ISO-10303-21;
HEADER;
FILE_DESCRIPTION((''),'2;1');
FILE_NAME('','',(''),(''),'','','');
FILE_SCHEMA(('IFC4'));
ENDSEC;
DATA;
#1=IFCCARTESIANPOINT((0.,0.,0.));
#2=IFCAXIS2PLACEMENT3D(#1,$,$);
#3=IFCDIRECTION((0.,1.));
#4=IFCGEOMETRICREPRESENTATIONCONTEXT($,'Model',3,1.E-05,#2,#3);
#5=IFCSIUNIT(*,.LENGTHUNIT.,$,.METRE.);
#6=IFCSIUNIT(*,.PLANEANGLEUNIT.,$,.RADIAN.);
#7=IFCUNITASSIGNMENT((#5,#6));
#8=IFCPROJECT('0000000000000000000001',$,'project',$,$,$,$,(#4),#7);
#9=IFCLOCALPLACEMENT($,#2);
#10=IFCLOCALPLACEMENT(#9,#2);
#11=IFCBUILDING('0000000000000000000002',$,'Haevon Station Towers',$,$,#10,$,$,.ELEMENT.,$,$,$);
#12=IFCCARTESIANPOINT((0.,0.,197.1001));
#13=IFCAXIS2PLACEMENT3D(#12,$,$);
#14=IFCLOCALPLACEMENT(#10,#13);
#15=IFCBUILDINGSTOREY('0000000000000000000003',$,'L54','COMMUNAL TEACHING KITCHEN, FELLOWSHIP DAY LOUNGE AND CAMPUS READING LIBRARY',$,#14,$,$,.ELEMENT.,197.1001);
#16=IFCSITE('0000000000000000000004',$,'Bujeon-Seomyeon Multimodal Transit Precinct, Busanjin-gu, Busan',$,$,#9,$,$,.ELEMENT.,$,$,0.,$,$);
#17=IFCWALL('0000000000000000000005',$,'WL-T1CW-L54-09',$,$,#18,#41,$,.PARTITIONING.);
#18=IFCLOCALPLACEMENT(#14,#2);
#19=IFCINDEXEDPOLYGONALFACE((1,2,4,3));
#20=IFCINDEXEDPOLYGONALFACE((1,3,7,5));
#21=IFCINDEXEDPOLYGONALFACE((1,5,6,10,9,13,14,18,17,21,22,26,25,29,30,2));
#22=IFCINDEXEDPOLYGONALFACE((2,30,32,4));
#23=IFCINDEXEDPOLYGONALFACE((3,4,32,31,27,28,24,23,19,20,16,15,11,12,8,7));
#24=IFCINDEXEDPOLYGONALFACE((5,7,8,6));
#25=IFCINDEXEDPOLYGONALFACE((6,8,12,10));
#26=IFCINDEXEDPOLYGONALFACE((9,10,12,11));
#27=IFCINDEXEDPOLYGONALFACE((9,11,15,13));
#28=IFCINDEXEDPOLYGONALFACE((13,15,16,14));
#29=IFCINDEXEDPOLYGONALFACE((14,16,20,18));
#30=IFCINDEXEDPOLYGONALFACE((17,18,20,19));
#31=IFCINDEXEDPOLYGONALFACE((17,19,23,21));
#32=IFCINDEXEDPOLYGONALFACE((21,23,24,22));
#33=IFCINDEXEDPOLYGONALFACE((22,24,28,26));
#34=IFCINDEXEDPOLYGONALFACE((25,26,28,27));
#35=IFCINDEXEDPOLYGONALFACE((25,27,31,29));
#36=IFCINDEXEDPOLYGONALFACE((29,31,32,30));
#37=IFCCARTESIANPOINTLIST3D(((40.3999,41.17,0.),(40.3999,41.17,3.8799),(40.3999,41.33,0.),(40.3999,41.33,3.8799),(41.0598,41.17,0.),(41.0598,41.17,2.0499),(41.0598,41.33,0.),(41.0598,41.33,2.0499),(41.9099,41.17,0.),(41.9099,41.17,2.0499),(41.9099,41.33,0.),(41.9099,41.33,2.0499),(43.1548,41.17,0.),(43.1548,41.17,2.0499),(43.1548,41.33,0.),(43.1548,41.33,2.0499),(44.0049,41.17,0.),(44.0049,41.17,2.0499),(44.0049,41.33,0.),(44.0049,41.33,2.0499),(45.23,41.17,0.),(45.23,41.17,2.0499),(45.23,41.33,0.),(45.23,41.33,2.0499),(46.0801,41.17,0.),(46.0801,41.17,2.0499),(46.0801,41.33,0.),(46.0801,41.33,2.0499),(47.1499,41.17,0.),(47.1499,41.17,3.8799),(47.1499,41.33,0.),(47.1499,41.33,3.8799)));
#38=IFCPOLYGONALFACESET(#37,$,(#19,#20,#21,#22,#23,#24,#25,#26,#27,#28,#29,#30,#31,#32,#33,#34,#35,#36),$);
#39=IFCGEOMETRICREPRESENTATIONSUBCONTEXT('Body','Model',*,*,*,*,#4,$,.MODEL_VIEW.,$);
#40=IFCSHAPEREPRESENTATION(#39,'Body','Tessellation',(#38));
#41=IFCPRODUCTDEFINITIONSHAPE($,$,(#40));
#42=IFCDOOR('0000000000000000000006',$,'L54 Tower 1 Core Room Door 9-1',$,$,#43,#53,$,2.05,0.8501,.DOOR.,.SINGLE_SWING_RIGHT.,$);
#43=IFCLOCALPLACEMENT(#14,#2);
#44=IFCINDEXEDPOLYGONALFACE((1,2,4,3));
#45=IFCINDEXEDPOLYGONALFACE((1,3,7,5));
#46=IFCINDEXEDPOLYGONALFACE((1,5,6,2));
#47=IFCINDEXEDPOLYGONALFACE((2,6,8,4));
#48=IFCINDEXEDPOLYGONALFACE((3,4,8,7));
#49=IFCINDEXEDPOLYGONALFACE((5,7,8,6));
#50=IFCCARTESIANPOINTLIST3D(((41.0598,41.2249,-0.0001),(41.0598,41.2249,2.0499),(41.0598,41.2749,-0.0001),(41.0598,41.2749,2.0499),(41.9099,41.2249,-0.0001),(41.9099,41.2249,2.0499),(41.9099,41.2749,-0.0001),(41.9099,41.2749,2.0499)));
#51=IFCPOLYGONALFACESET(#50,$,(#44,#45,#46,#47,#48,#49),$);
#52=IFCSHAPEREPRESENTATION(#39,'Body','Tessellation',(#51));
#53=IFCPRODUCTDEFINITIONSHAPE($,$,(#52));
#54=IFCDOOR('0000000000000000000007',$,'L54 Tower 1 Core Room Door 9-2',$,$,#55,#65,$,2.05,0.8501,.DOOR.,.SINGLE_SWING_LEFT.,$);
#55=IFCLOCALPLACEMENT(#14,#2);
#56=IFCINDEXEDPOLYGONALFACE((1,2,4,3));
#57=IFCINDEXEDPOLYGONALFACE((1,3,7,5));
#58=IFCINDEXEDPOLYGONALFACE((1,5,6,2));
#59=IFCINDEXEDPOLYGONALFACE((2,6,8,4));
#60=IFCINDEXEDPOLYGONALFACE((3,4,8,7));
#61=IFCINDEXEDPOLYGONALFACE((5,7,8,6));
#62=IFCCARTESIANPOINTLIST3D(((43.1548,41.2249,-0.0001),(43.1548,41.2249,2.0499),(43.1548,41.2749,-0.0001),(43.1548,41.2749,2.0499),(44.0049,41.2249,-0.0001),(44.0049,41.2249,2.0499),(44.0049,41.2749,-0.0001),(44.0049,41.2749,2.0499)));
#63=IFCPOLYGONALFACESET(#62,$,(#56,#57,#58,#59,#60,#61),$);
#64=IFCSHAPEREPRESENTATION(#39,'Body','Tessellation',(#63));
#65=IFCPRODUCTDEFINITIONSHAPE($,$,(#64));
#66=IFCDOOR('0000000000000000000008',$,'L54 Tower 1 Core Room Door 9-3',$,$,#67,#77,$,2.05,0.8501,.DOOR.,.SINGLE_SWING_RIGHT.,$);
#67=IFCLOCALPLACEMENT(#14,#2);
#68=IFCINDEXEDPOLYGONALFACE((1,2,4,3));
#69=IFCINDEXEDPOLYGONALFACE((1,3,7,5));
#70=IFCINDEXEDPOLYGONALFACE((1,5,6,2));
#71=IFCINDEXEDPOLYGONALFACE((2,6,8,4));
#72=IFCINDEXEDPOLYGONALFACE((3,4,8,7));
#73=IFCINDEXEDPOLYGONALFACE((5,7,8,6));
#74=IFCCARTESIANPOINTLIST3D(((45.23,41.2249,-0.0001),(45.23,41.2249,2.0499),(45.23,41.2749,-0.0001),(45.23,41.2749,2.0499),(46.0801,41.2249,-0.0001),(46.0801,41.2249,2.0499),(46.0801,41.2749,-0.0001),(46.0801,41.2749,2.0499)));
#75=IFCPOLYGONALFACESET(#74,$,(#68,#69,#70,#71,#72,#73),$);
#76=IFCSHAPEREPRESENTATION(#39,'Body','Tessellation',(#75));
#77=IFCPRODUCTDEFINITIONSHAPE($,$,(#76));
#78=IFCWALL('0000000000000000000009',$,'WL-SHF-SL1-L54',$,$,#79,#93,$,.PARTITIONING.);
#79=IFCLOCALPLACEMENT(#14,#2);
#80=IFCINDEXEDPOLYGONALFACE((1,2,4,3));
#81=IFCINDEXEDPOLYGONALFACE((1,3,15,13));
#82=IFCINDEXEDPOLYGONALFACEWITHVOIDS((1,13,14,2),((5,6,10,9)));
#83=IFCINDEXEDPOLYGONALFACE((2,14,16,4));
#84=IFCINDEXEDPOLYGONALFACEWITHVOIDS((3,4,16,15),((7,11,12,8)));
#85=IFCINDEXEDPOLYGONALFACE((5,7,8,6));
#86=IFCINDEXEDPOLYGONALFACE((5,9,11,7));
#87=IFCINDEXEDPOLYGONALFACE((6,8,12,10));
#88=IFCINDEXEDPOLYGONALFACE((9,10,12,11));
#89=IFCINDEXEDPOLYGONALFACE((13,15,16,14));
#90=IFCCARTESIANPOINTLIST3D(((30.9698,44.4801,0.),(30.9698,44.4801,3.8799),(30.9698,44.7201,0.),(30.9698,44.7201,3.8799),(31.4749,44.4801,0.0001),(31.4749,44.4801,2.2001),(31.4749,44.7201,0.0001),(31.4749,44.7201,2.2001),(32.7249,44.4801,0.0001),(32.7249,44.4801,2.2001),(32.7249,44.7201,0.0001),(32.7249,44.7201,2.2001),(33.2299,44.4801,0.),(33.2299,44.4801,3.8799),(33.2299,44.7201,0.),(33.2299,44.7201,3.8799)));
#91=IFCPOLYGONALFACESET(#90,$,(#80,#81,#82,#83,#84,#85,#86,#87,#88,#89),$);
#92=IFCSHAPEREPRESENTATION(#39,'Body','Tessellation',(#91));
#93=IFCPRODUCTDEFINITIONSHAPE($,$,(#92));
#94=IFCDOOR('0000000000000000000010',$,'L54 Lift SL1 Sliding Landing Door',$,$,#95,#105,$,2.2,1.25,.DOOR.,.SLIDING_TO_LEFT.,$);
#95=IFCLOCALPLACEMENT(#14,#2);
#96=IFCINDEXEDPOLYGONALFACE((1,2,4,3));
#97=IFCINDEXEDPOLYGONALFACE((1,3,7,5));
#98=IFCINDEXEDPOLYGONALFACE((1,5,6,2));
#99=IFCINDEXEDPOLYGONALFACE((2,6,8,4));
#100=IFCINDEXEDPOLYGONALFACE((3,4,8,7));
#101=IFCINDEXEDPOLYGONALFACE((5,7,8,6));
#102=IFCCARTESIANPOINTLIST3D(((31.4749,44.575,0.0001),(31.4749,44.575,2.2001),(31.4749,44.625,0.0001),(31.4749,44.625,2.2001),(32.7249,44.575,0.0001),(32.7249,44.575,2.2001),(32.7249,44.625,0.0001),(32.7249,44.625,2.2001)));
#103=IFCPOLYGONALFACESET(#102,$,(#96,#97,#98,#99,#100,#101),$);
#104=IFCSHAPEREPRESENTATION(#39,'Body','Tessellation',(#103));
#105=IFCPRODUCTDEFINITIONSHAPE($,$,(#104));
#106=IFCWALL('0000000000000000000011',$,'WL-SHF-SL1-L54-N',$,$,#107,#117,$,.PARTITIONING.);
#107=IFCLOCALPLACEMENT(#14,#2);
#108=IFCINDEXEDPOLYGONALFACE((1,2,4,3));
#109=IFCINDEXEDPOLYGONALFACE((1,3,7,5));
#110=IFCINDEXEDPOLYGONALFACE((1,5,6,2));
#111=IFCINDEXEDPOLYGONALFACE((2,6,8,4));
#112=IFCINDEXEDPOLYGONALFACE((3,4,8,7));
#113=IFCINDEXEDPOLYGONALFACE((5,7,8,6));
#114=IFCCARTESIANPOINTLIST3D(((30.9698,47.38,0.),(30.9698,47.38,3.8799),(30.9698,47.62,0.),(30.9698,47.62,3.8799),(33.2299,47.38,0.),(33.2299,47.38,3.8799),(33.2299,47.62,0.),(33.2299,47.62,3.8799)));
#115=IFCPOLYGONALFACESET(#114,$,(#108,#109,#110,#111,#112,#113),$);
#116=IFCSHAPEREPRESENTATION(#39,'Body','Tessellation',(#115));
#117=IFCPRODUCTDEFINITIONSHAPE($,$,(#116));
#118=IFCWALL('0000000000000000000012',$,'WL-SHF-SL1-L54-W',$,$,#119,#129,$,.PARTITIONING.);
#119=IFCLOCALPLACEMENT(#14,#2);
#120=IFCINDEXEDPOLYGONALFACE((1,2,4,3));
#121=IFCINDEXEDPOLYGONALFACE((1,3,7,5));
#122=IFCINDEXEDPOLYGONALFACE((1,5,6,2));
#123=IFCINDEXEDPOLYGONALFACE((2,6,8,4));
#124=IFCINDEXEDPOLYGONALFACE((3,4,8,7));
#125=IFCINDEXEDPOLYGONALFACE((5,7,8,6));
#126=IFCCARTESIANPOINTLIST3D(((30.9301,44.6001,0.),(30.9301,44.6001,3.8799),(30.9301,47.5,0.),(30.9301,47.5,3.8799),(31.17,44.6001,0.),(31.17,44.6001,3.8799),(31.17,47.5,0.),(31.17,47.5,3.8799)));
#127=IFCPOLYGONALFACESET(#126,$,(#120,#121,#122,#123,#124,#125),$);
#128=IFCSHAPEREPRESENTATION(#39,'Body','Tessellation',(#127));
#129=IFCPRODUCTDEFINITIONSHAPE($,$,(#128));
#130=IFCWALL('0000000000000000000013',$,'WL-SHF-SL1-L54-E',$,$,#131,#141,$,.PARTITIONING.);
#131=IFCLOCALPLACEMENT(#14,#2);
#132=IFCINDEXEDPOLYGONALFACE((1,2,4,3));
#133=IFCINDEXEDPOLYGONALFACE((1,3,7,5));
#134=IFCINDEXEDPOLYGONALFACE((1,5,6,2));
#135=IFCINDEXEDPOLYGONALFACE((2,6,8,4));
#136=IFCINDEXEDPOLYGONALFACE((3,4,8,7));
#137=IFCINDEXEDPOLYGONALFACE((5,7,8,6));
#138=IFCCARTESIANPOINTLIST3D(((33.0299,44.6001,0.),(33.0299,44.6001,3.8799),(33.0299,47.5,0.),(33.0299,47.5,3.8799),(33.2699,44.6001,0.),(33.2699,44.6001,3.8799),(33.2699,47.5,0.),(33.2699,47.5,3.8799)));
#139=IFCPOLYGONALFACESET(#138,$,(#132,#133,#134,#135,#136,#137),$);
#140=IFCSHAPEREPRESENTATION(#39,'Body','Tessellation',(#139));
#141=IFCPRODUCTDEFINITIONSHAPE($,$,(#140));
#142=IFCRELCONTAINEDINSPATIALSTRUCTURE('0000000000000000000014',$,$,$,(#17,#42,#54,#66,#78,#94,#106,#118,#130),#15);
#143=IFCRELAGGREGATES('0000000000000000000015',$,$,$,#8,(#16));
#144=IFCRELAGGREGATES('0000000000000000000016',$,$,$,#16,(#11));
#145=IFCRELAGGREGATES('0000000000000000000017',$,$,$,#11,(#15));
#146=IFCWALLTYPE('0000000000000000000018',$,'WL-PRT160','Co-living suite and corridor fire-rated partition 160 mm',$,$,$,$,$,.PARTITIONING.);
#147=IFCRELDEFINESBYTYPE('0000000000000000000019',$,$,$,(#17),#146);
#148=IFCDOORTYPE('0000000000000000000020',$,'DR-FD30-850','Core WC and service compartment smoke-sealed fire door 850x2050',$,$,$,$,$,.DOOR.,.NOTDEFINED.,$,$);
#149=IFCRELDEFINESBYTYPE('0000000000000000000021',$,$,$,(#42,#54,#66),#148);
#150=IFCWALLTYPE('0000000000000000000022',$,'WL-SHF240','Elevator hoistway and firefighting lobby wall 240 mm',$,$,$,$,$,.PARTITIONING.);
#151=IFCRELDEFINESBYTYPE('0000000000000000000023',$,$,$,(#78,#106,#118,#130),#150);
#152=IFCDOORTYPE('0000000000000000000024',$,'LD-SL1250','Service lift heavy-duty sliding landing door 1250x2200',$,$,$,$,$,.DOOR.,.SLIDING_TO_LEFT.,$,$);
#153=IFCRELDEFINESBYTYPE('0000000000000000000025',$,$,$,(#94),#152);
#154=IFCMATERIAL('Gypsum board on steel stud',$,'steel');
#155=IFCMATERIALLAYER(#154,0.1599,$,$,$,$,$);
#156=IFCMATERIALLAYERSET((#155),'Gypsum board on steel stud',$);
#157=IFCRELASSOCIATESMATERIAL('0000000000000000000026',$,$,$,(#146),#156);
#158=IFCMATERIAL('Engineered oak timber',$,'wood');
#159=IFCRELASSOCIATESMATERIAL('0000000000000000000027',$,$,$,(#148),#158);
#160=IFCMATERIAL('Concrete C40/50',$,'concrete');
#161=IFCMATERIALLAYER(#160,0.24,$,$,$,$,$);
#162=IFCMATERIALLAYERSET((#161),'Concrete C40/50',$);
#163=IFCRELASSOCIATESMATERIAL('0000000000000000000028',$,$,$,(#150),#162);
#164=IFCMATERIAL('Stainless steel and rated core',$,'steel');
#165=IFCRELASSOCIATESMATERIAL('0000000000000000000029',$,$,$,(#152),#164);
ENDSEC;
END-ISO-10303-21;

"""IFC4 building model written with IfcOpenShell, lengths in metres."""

from ifc_helpers import new_model, si_unit, direction, frame, frame_2d, origin, place, context, subcontext, project, spatial, rectangle, extrude, material, layer, layer_set, type_object, element, fill, save


model = new_model("IFC4")

# Units and contexts
model_context = context("Model", 3, precision=1e-05, world=origin(), true_north=direction((0.0, 1.0)))
body_context = subcontext(model_context, "Body", "Model", "MODEL_VIEW")
ifc_project = project(units=[si_unit("LENGTHUNIT", "METRE"), si_unit("PLANEANGLEUNIT", "RADIAN")], contexts=[model_context])

# Site, building, storey
site_placement = place(None, origin())
site = spatial("IfcSite", under=ifc_project, at=site_placement, Name="Bujeon-Seomyeon Multimodal Transit Precinct, Busanjin-gu, Busan", CompositionType="ELEMENT", RefElevation=0.0)
building_placement = place(site_placement, origin())
building = spatial("IfcBuilding", under=site, at=building_placement, Name="Haevon Station Towers", CompositionType="ELEMENT")
storey_placement = place(building_placement, frame((0.0, 0.0, 197.1001)))
storey = spatial("IfcBuildingStorey", under=building, at=storey_placement, Name="L54", Description="COMMUNAL TEACHING KITCHEN, FELLOWSHIP DAY LOUNGE AND CAMPUS READING LIBRARY", CompositionType="ELEMENT", Elevation=197.1001)

# Shared definitions
ifc_material_1 = material(Name="Gypsum board on steel stud", Category="steel")
ifc_material_2 = material(Name="Engineered oak timber", Category="wood")

# Shared definitions
ifc_layer_1 = layer(ifc_material_1, 0.1599)
ifc_layer_set_1 = layer_set([ifc_layer_1], Name="Gypsum board on steel stud")
wall_type_1 = type_object("IfcWallType", Name="WL-PRT160", Description="Co-living suite and corridor fire-rated partition 160 mm", PredefinedType="PARTITIONING", material=ifc_layer_set_1)

# Wall, openings, doors
wall_1_placement = place(storey_placement, frame((40.3999, 41.25, 0.0), z_axis=(0.0, 0.0, 1.0), x_axis=(1.0, 0.0, 0.0)))
wall_1 = element("IfcWall", 1, at=wall_1_placement, inside=storey, type_object=wall_type_1, Name="WL-T1CW-L54-09", PredefinedType="PARTITIONING", context=body_context, shape_type="SweptSolid", body=[
    extrude(rectangle(XDim=6.75, YDim=0.1599, at=frame_2d((3.375, 0.0))), origin(), (0.0, 0.0, 1.0), 3.8799),
])
opening_1_placement = place(wall_1_placement, frame((0.6599, 0.0, 0.0)))
opening_1 = element("IfcOpeningElement", 2, at=opening_1_placement, cuts=wall_1, PredefinedType="OPENING", context=body_context, shape_type="SweptSolid", body=[
    extrude(rectangle(XDim=0.8501, YDim=2.05, at=frame_2d((0.425, 1.0249))), frame((0.0, 0.0898, 0.0), z_axis=(0.0, -1.0, 0.0), x_axis=(1.0, 0.0, 0.0)), (0.0, 0.0, 1.0), 0.1799),
])
opening_2_placement = place(wall_1_placement, frame((2.7549, 0.0, 0.0)))
opening_2 = element("IfcOpeningElement", 3, at=opening_2_placement, cuts=wall_1, PredefinedType="OPENING", context=body_context, shape_type="SweptSolid", body=[
    extrude(rectangle(XDim=0.8501, YDim=2.05, at=frame_2d((0.425, 1.0249))), frame((0.0, 0.0898, 0.0), z_axis=(0.0, -1.0, 0.0), x_axis=(1.0, 0.0, 0.0)), (0.0, 0.0, 1.0), 0.1799),
])
opening_3_placement = place(wall_1_placement, frame((4.8301, 0.0, 0.0)))
opening_3 = element("IfcOpeningElement", 4, at=opening_3_placement, cuts=wall_1, PredefinedType="OPENING", context=body_context, shape_type="SweptSolid", body=[
    extrude(rectangle(XDim=0.8501, YDim=2.05, at=frame_2d((0.425, 1.0249))), frame((0.0, 0.0898, 0.0), z_axis=(0.0, -1.0, 0.0), x_axis=(1.0, 0.0, 0.0)), (0.0, 0.0, 1.0), 0.1799),
])
door_type_1 = type_object("IfcDoorType", Name="DR-FD30-850", Description="Core WC and service compartment smoke-sealed fire door 850x2050", OperationType="NOTDEFINED", PredefinedType="DOOR", material=ifc_material_2)
door_1_placement = place(opening_1_placement, origin())
door_1 = element("IfcDoor", 5, at=door_1_placement, inside=storey, type_object=door_type_1, Name="L54 Tower 1 Core Room Door 9-1", OperationType="SINGLE_SWING_RIGHT", OverallHeight=2.05, OverallWidth=0.8501, PredefinedType="DOOR", context=body_context, shape_type="SweptSolid", body=[
    extrude(rectangle(XDim=0.8501, YDim=2.05, at=frame_2d((0.425, 1.0249))), frame((0.0, 0.0249, 0.0), z_axis=(0.0, -1.0, 0.0), x_axis=(1.0, 0.0, 0.0)), (0.0, 0.0, 1.0), 0.05),
])
fill(opening_1, door_1)
door_2_placement = place(opening_2_placement, origin())
door_2 = element("IfcDoor", 6, at=door_2_placement, inside=storey, type_object=door_type_1, Name="L54 Tower 1 Core Room Door 9-2", OperationType="SINGLE_SWING_LEFT", OverallHeight=2.05, OverallWidth=0.8501, PredefinedType="DOOR", context=body_context, shape_type="SweptSolid", body=[
    extrude(rectangle(XDim=0.8501, YDim=2.05, at=frame_2d((0.425, 1.0249))), frame((0.0, 0.0249, 0.0), z_axis=(0.0, -1.0, 0.0), x_axis=(1.0, 0.0, 0.0)), (0.0, 0.0, 1.0), 0.05),
])
fill(opening_2, door_2)
door_3_placement = place(opening_3_placement, origin())
door_3 = element("IfcDoor", 7, at=door_3_placement, inside=storey, type_object=door_type_1, Name="L54 Tower 1 Core Room Door 9-3", OperationType="SINGLE_SWING_RIGHT", OverallHeight=2.05, OverallWidth=0.8501, PredefinedType="DOOR", context=body_context, shape_type="SweptSolid", body=[
    extrude(rectangle(XDim=0.8501, YDim=2.05, at=frame_2d((0.425, 1.0249))), frame((0.0, 0.0249, 0.0), z_axis=(0.0, -1.0, 0.0), x_axis=(1.0, 0.0, 0.0)), (0.0, 0.0, 1.0), 0.05),
])
fill(opening_3, door_3)

# Wall, opening, door
ifc_material_3 = material(Name="Concrete C40/50", Category="concrete")
ifc_layer_2 = layer(ifc_material_3, 0.24)
ifc_layer_set_2 = layer_set([ifc_layer_2], Name="Concrete C40/50")
wall_type_2 = type_object("IfcWallType", Name="WL-SHF240", Description="Elevator hoistway and firefighting lobby wall 240 mm", PredefinedType="PARTITIONING", material=ifc_layer_set_2)
wall_2_placement = place(storey_placement, frame((30.97, 44.6001, 0.0), z_axis=(0.0, 0.0, 1.0), x_axis=(1.0, 0.0, 0.0)))
wall_2 = element("IfcWall", 8, at=wall_2_placement, inside=storey, type_object=wall_type_2, Name="WL-SHF-SL1-L54", PredefinedType="PARTITIONING", context=body_context, shape_type="SweptSolid", body=[
    extrude(rectangle(XDim=2.26, YDim=0.24, at=frame_2d((1.1299, 0.0))), origin(), (0.0, 0.0, 1.0), 3.8799),
])
opening_4_placement = place(wall_2_placement, frame((0.5049, 0.0, 0.0)))
opening_4 = element("IfcOpeningElement", 9, at=opening_4_placement, cuts=wall_2, PredefinedType="OPENING", context=body_context, shape_type="SweptSolid", body=[
    extrude(rectangle(XDim=1.25, YDim=2.2, at=frame_2d((0.625, 1.1001))), frame((0.0, 0.1299, 0.0), z_axis=(0.0, -1.0, 0.0), x_axis=(1.0, 0.0, 0.0)), (0.0, 0.0, 1.0), 0.26),
])
ifc_material_4 = material(Name="Stainless steel and rated core", Category="steel")
door_type_2 = type_object("IfcDoorType", Name="LD-SL1250", Description="Service lift heavy-duty sliding landing door 1250x2200", OperationType="SLIDING_TO_LEFT", PredefinedType="DOOR", material=ifc_material_4)
door_4_placement = place(opening_4_placement, origin())
door_4 = element("IfcDoor", 10, at=door_4_placement, inside=storey, type_object=door_type_2, Name="L54 Lift SL1 Sliding Landing Door", OperationType="SLIDING_TO_LEFT", OverallHeight=2.2, OverallWidth=1.25, PredefinedType="DOOR", context=body_context, shape_type="SweptSolid", body=[
    extrude(rectangle(XDim=1.25, YDim=2.2, at=frame_2d((0.625, 1.1001))), frame((0.0, 0.0249, 0.0), z_axis=(0.0, -1.0, 0.0), x_axis=(1.0, 0.0, 0.0)), (0.0, 0.0, 1.0), 0.05),
])
fill(opening_4, door_4)

# Walls
wall_3_placement = place(storey_placement, frame((30.97, 47.5, 0.0), z_axis=(0.0, 0.0, 1.0), x_axis=(1.0, 0.0, 0.0)))
element("IfcWall", 11, at=wall_3_placement, inside=storey, type_object=wall_type_2, Name="WL-SHF-SL1-L54-N", PredefinedType="PARTITIONING", context=body_context, shape_type="SweptSolid", body=[
    extrude(rectangle(XDim=2.26, YDim=0.24, at=frame_2d((1.1299, 0.0))), origin(), (0.0, 0.0, 1.0), 3.8799),
])
for number, where, z_axis, x_axis, name in (
    (12, (31.05, 44.6001, 0.0), (0.0, 0.0, 1.0), (0.0, 1.0, 0.0), "WL-SHF-SL1-L54-W"),
    (13, (33.1499, 44.6001, 0.0), (0.0, 0.0, 1.0), (0.0, 1.0, 0.0), "WL-SHF-SL1-L54-E"),
):
    element("IfcWall", number, at=place(storey_placement, frame(where, z_axis=z_axis, x_axis=x_axis)), inside=storey, type_object=wall_type_2, Name=name, PredefinedType="PARTITIONING", context=body_context, shape_type="SweptSolid", body=[
        extrude(rectangle(XDim=2.8999, YDim=0.24, at=frame_2d((1.45, 0.0))), origin(), (0.0, 0.0, 1.0), 3.8799),
    ])

save(model, "model.ifc")
